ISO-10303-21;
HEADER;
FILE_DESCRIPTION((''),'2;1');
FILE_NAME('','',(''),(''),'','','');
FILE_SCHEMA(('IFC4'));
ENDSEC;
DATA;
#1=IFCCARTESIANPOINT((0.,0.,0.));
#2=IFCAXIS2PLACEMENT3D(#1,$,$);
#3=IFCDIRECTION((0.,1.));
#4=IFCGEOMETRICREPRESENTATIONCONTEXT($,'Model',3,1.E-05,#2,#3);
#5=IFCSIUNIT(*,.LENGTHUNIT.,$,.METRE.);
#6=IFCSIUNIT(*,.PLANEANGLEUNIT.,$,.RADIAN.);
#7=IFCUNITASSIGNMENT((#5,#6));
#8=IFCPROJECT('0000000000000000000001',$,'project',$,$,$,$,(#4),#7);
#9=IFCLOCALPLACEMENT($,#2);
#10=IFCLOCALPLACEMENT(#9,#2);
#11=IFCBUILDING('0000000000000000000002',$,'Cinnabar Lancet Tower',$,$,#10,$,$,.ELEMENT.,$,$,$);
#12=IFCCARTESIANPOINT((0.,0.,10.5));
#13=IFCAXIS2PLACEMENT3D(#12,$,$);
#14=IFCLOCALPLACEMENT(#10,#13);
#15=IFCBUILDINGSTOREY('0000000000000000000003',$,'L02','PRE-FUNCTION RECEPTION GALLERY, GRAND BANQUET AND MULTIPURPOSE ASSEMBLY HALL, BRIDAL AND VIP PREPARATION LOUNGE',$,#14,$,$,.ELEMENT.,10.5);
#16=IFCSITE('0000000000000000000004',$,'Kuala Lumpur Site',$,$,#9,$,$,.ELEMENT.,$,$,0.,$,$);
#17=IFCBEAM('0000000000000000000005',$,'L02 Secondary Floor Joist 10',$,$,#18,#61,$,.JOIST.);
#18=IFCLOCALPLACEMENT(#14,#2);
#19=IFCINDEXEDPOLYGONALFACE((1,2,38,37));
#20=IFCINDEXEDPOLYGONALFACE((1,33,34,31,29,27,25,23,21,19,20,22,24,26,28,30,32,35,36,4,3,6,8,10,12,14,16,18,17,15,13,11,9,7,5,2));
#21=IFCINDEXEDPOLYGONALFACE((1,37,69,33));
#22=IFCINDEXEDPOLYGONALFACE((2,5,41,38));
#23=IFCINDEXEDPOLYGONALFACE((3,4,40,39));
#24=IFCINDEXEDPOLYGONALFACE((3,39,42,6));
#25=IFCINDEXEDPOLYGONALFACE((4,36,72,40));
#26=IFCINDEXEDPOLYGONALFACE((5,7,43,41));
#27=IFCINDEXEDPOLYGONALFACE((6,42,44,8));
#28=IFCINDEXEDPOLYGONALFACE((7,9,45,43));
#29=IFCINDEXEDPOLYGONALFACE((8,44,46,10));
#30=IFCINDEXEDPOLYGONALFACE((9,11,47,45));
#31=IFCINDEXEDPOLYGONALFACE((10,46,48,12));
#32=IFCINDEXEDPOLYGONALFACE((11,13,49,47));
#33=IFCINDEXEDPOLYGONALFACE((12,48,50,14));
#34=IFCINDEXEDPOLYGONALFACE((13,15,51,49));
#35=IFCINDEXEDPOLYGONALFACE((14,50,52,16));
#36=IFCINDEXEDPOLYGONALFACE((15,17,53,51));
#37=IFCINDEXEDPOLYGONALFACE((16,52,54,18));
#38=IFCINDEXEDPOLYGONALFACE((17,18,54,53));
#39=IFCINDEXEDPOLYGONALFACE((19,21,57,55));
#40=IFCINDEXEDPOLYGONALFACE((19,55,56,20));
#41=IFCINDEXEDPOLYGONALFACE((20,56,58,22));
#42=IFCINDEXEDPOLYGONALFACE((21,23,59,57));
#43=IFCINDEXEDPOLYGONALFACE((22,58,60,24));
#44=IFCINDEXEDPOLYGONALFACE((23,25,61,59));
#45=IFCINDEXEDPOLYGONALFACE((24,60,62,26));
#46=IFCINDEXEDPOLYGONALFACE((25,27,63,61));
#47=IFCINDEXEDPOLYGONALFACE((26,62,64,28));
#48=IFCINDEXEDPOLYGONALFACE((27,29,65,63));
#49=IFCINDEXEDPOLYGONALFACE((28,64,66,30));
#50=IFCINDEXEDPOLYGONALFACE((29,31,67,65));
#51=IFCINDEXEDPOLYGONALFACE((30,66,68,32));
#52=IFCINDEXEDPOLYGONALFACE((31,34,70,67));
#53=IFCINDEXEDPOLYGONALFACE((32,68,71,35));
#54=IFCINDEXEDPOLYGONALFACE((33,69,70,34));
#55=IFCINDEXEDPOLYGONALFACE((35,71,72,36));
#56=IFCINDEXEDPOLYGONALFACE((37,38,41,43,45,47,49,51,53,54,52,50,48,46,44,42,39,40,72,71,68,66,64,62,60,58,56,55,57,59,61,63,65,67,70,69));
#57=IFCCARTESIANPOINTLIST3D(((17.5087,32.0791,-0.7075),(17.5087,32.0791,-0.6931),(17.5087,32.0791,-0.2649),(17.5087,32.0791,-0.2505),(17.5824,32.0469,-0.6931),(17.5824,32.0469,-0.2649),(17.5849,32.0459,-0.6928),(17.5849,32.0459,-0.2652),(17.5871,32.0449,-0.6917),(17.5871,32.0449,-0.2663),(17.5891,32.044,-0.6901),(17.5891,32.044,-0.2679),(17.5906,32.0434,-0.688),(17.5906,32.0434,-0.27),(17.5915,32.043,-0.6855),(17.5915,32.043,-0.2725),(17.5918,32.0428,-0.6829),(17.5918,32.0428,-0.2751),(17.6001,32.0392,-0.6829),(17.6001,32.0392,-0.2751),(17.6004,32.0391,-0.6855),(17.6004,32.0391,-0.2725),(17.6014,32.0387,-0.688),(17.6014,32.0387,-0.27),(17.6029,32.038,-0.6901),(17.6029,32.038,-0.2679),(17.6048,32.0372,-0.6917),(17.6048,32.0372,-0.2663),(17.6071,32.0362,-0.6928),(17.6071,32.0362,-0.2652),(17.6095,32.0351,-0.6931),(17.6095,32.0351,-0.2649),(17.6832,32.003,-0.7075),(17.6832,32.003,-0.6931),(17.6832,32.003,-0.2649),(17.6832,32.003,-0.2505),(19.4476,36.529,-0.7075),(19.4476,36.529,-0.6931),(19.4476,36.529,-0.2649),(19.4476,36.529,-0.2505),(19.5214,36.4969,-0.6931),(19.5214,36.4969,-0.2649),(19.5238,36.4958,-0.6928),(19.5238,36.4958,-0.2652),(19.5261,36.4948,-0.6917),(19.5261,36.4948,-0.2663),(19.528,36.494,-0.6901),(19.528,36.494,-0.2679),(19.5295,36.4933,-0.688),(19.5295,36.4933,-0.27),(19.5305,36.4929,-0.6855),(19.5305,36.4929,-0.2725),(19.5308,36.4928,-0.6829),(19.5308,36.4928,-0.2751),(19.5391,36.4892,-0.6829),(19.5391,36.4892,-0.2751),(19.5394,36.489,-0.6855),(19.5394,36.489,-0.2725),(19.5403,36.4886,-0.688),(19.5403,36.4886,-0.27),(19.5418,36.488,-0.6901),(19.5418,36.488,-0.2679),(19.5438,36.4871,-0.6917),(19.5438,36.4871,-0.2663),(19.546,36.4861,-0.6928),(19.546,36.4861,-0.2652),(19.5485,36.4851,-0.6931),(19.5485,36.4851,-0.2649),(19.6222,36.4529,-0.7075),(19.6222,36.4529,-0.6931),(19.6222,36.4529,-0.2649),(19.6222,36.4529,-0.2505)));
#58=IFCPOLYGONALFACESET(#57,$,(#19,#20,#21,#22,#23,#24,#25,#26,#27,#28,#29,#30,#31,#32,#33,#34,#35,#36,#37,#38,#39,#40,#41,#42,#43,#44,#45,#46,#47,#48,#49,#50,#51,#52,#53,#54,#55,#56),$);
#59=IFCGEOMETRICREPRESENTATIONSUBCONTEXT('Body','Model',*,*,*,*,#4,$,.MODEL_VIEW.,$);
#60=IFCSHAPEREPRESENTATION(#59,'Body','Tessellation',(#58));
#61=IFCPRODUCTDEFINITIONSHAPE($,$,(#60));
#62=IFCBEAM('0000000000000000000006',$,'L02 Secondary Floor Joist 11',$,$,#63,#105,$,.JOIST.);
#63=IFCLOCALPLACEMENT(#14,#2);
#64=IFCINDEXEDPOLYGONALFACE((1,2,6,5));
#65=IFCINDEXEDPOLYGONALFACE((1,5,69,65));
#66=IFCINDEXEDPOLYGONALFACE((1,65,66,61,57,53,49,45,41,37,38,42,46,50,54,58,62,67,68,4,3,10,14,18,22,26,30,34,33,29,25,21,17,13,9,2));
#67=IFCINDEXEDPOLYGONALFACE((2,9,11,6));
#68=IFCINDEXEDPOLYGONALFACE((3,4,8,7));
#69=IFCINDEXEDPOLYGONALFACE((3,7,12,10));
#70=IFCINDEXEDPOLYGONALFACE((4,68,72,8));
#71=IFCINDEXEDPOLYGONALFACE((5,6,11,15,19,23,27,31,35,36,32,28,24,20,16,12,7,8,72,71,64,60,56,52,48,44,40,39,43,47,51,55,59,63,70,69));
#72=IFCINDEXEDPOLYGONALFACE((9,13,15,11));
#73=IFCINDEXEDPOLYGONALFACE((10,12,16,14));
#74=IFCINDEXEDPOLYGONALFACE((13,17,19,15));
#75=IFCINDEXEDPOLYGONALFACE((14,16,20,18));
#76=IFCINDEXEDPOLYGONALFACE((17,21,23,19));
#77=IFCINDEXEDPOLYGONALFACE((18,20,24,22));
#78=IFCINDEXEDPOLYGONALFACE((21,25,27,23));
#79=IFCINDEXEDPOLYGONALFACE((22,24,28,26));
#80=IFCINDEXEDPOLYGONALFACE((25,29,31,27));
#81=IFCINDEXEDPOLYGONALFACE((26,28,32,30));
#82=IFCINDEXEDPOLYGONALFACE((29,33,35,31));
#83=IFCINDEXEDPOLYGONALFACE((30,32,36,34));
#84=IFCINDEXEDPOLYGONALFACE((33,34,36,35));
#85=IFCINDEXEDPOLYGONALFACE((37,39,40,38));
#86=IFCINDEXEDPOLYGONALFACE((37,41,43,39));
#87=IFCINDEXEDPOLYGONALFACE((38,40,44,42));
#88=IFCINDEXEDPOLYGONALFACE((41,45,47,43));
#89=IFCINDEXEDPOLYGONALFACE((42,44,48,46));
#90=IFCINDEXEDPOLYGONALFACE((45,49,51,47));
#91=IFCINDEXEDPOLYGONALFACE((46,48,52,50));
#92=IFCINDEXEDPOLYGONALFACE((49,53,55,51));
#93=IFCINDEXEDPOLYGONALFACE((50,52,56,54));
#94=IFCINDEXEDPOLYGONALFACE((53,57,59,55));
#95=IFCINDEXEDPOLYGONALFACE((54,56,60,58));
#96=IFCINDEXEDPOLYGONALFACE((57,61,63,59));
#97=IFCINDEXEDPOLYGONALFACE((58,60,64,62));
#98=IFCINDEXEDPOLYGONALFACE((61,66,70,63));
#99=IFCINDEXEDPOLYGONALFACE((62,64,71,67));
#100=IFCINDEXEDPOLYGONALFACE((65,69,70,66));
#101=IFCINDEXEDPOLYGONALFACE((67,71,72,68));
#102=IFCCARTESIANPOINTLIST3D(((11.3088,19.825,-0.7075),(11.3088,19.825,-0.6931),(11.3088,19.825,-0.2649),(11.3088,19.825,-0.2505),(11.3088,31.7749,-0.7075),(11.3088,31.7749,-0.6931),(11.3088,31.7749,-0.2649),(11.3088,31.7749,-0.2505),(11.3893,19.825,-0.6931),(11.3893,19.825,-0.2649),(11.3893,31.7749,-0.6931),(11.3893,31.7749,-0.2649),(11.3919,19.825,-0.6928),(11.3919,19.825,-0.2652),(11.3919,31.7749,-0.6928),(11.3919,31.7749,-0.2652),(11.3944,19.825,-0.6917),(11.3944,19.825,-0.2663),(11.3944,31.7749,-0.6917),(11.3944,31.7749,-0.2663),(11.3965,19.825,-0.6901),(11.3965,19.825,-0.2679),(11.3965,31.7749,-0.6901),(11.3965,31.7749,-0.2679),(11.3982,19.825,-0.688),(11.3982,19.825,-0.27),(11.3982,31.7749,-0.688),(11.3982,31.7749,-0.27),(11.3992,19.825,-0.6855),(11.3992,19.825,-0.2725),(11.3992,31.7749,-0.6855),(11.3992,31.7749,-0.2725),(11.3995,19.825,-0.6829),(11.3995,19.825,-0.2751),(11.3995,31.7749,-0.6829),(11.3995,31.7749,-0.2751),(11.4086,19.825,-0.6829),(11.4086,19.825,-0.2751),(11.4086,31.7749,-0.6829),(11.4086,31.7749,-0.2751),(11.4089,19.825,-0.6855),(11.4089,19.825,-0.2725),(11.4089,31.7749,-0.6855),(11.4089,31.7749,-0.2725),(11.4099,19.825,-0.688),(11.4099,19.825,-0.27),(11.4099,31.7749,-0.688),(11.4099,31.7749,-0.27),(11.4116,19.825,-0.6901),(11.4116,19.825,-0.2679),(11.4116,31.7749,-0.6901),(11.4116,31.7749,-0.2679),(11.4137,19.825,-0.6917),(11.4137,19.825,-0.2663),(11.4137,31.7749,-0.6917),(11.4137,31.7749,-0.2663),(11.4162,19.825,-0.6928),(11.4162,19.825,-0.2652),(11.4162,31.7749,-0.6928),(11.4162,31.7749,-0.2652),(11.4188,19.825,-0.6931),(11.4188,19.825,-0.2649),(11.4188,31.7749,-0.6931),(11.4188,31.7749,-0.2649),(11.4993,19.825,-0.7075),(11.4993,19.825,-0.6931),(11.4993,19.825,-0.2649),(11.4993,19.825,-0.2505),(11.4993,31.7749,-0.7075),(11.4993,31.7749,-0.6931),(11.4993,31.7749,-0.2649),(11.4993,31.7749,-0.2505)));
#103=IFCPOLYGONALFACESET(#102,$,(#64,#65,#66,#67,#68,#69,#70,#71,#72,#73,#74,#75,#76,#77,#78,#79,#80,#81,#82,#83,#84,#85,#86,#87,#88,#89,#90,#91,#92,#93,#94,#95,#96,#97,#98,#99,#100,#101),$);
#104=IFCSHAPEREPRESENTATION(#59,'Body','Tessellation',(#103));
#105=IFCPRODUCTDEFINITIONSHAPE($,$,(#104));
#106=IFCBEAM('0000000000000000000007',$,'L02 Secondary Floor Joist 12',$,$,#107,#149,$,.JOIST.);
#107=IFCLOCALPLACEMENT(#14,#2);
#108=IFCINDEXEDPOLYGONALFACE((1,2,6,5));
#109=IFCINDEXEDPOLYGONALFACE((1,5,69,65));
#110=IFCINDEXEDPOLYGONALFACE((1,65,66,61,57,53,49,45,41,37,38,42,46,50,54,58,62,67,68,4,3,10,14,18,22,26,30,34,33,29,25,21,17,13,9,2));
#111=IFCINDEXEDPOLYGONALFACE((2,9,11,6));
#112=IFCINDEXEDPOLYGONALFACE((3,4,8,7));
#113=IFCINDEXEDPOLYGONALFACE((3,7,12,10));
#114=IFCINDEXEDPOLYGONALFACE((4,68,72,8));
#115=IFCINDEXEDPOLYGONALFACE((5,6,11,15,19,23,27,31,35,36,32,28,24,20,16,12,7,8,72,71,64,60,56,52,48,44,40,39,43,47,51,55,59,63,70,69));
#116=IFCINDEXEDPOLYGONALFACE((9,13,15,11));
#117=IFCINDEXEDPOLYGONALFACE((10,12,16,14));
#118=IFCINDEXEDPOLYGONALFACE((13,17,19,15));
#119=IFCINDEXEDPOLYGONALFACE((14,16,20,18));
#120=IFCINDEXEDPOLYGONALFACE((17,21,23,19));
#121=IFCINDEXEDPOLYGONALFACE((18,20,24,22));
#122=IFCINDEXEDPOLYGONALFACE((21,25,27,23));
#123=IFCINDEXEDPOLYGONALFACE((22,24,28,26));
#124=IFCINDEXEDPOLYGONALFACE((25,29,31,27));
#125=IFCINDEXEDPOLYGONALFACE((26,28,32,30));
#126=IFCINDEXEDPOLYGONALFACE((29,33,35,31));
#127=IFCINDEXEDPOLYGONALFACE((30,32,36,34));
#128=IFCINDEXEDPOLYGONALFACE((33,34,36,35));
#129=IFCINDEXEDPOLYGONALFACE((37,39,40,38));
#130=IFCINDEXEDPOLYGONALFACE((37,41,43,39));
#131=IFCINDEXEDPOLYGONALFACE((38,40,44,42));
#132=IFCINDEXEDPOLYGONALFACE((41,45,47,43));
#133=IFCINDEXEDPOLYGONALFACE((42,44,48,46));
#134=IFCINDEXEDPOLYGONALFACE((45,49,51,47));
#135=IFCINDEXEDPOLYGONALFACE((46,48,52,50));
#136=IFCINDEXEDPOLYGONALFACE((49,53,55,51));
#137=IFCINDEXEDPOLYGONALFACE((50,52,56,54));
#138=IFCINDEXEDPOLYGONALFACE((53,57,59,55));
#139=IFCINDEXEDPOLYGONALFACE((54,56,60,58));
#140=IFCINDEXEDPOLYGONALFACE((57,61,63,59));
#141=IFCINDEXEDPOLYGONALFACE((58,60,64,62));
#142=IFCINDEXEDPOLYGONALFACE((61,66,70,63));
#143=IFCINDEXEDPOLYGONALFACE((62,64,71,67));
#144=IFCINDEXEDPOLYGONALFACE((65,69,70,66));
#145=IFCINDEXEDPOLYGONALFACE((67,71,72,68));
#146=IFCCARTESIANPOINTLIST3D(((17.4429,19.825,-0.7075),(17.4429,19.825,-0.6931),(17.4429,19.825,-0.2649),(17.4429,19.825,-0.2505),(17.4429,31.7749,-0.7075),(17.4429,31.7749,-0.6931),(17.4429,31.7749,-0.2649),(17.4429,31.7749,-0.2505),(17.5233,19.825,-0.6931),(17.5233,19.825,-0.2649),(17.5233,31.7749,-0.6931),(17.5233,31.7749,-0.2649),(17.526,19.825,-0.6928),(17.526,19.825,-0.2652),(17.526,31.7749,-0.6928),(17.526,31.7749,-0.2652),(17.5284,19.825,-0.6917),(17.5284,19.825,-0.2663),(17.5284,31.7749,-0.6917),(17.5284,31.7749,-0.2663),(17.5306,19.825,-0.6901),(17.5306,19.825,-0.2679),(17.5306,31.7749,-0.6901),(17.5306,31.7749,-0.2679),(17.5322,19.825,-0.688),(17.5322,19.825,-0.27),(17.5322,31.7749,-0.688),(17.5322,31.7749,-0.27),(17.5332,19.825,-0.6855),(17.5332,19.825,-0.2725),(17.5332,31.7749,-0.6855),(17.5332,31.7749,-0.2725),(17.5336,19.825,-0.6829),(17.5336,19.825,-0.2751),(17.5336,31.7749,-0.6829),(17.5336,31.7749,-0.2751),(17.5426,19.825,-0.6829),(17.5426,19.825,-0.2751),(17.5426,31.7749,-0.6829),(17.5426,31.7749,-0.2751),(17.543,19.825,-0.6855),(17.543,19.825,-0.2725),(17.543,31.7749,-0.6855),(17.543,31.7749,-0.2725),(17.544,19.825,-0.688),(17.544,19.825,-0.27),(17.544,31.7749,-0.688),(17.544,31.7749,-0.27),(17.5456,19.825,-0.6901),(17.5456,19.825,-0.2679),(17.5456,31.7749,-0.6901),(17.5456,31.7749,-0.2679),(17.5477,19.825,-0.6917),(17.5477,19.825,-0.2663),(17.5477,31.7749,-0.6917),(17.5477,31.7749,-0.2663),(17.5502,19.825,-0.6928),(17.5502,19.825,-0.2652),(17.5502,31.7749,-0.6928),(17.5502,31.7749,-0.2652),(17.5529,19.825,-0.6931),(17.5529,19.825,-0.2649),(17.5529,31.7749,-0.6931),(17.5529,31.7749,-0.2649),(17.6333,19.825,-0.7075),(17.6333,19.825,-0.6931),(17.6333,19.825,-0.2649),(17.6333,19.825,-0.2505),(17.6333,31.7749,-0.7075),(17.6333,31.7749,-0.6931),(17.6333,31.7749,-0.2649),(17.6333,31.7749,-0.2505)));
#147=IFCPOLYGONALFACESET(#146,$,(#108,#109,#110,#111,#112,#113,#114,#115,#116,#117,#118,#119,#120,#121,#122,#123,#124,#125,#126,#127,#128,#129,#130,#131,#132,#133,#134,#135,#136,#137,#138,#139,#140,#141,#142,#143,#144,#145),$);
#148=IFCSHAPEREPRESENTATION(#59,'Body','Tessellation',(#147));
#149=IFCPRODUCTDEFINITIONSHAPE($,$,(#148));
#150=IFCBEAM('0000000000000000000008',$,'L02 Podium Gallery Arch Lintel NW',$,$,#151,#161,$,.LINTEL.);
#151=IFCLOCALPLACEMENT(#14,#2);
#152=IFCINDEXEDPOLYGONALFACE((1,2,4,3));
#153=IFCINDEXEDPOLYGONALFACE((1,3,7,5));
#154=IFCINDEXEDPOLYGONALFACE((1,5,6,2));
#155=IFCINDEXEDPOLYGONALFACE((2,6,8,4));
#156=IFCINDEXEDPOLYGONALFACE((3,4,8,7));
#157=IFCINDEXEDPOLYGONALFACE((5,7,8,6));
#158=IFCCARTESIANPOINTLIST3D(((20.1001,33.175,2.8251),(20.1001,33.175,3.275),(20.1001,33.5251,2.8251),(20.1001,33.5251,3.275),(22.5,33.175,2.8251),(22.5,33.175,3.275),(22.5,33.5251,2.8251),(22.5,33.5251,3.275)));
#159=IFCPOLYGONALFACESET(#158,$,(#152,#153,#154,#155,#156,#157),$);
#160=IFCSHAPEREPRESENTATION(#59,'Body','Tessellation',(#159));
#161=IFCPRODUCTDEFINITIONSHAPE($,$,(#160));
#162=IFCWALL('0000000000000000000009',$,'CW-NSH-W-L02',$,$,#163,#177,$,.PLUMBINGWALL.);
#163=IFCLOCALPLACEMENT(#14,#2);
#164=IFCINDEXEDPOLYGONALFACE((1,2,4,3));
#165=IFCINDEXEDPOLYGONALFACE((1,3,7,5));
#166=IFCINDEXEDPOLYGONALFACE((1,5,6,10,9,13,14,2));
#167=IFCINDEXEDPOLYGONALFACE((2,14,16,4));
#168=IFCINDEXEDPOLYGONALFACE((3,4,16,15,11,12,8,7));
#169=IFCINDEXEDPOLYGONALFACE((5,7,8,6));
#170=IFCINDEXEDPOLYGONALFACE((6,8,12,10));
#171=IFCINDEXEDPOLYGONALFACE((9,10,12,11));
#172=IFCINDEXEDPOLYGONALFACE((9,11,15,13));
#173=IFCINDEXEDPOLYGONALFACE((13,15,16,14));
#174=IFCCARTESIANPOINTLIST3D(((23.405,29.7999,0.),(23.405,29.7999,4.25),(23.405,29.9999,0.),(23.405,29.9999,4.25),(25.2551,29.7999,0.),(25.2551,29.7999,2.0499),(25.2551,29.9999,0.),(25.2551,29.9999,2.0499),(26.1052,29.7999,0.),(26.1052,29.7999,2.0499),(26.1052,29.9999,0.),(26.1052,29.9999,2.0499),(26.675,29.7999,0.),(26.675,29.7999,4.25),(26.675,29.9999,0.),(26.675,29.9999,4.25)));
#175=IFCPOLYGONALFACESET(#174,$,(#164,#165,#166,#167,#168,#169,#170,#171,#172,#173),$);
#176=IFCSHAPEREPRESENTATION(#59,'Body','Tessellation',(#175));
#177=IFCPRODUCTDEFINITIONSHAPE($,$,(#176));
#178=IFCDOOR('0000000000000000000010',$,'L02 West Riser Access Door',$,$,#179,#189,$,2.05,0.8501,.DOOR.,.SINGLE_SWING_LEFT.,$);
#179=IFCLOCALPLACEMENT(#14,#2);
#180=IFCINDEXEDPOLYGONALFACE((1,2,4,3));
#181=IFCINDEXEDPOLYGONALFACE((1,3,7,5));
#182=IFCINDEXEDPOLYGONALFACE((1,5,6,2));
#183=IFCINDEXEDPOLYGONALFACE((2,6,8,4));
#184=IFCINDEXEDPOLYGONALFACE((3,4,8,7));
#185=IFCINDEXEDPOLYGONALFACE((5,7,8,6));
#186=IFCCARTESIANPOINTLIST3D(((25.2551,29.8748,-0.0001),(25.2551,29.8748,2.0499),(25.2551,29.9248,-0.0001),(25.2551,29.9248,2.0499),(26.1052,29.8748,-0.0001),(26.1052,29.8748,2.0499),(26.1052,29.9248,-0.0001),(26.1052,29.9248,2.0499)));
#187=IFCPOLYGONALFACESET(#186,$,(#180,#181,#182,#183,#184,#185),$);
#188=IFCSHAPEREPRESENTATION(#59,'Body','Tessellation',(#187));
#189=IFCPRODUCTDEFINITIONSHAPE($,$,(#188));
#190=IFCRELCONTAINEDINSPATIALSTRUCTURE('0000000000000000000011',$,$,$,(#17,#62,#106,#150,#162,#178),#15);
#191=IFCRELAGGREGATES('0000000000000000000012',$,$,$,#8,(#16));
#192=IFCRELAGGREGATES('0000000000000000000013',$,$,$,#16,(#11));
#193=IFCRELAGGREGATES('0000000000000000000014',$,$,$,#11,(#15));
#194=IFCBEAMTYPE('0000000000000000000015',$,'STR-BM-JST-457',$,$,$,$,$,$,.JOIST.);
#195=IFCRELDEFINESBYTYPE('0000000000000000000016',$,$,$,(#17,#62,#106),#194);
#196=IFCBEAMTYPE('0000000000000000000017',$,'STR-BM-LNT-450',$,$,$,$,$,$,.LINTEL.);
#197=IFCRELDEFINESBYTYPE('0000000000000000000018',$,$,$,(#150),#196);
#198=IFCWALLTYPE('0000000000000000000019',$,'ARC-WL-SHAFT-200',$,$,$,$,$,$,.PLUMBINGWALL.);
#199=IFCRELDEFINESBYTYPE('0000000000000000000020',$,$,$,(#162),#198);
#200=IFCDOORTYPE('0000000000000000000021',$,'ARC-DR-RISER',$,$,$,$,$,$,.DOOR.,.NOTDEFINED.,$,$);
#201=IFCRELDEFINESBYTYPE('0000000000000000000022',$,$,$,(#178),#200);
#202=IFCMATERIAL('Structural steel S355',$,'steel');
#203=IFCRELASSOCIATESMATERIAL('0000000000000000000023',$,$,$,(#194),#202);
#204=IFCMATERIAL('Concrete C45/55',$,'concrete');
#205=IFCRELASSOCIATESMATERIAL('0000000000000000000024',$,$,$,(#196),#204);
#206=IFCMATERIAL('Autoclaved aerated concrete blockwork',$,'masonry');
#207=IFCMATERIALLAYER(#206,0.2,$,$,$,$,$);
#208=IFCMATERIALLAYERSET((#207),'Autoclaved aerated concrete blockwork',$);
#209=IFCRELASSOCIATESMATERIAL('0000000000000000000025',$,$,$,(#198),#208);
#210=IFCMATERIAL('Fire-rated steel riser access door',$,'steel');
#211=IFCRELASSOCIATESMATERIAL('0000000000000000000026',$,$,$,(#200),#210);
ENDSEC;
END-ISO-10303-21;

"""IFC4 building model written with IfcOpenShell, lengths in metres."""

from ifc_helpers import new_model, si_unit, direction, frame, frame_2d, origin, origin_2d, place, context, subcontext, project, spatial, rectangle, i_section, extrude, material, layer, layer_set, material_profile, profile_set, type_object, element, fill, save


model = new_model("IFC4")

# Units and contexts
model_context = context("Model", 3, precision=1e-05, world=origin(), true_north=direction((0.0, 1.0)))
body_context = subcontext(model_context, "Body", "Model", "MODEL_VIEW")
ifc_project = project(units=[si_unit("LENGTHUNIT", "METRE"), si_unit("PLANEANGLEUNIT", "RADIAN")], contexts=[model_context])

# Site, building, storey
site_placement = place(None, origin())
site = spatial("IfcSite", under=ifc_project, at=site_placement, Name="Kuala Lumpur Site", CompositionType="ELEMENT", RefElevation=0.0)
building_placement = place(site_placement, origin())
building = spatial("IfcBuilding", under=site, at=building_placement, Name="Cinnabar Lancet Tower", CompositionType="ELEMENT")
storey_placement = place(building_placement, frame((0.0, 0.0, 10.5)))
storey = spatial("IfcBuildingStorey", under=building, at=storey_placement, Name="L02", Description="PRE-FUNCTION RECEPTION GALLERY, GRAND BANQUET AND MULTIPURPOSE ASSEMBLY HALL, BRIDAL AND VIP PREPARATION LOUNGE", CompositionType="ELEMENT", Elevation=10.5)

# Beams
ifc_material_1 = material(Name="Structural steel S355", Category="steel")
ifc_material_profile_1 = material_profile(ifc_material_1, i_section(OverallWidth=0.1904, OverallDepth=0.457, WebThickness=0.009, FlangeThickness=0.0144, FilletRadius=0.0103, at=origin_2d()), Name="UKB 457x191x74")
ifc_profile_set_1 = profile_set([ifc_material_profile_1], Name="Structural steel S355")
beam_type_1 = type_object("IfcBeamType", Name="STR-BM-JST-457", PredefinedType="JOIST", material=ifc_profile_set_1)
beam_1_placement = place(storey_placement, frame((19.5349, 36.491, -0.479), z_axis=(-0.399454, -0.916753, 0.0), x_axis=(0.916753, -0.399454, 0.0)))
element("IfcBeam", 1, at=beam_1_placement, inside=storey, type_object=beam_type_1, Name="L02 Secondary Floor Joist 10", PredefinedType="JOIST", context=body_context, shape_type="SweptSolid", body=[
    extrude(i_section(OverallWidth=0.1904, OverallDepth=0.457, WebThickness=0.009, FlangeThickness=0.0144, FilletRadius=0.0103, at=origin_2d()), origin(), (0.0, 0.0, 1.0), 4.854),
])
for number, where, z_axis, x_axis, name in (
    (2, (11.4041, 31.7749, -0.479), (0.0, -1.0, 0.0), (1.0, 0.0, 0.0), "L02 Secondary Floor Joist 11"),
    (3, (17.5381, 31.7749, -0.479), (0.0, -1.0, 0.0), (1.0, 0.0, 0.0), "L02 Secondary Floor Joist 12"),
):
    element("IfcBeam", number, at=place(storey_placement, frame(where, z_axis=z_axis, x_axis=x_axis)), inside=storey, type_object=beam_type_1, Name=name, PredefinedType="JOIST", context=body_context, shape_type="SweptSolid", body=[
        extrude(i_section(OverallWidth=0.1904, OverallDepth=0.457, WebThickness=0.009, FlangeThickness=0.0144, FilletRadius=0.0103, at=origin_2d()), origin(), (0.0, 0.0, 1.0), 11.95),
    ])
ifc_material_2 = material(Name="Concrete C45/55", Category="concrete")
ifc_material_profile_2 = material_profile(ifc_material_2, rectangle(XDim=0.3501, YDim=0.45, at=origin_2d()), Name="RC-LNT 350x450")
ifc_profile_set_2 = profile_set([ifc_material_profile_2], Name="Concrete C45/55")
beam_type_2 = type_object("IfcBeamType", Name="STR-BM-LNT-450", PredefinedType="LINTEL", material=ifc_profile_set_2)
beam_2_placement = place(storey_placement, frame((20.1001, 33.3501, 3.05), z_axis=(1.0, 0.0, 0.0), x_axis=(0.0, 1.0, 0.0)))
element("IfcBeam", 4, at=beam_2_placement, inside=storey, type_object=beam_type_2, Name="L02 Podium Gallery Arch Lintel NW", PredefinedType="LINTEL", context=body_context, shape_type="SweptSolid", body=[
    extrude(rectangle(XDim=0.3501, YDim=0.45, at=origin_2d()), origin(), (0.0, 0.0, 1.0), 2.3999),
])

# Wall, opening, door
ifc_material_3 = material(Name="Autoclaved aerated concrete blockwork", Category="masonry")
ifc_layer_1 = layer(ifc_material_3, 0.2)
ifc_layer_set_1 = layer_set([ifc_layer_1], Name="Autoclaved aerated concrete blockwork")
wall_type_1 = type_object("IfcWallType", Name="ARC-WL-SHAFT-200", PredefinedType="PLUMBINGWALL", material=ifc_layer_set_1)
wall_1_placement = place(storey_placement, frame((23.405, 29.8999, 0.0), z_axis=(0.0, 0.0, 1.0), x_axis=(1.0, 0.0, 0.0)))
wall_1 = element("IfcWall", 5, at=wall_1_placement, inside=storey, type_object=wall_type_1, Name="CW-NSH-W-L02", PredefinedType="PLUMBINGWALL", context=body_context, shape_type="SweptSolid", body=[
    extrude(rectangle(XDim=3.27, YDim=0.2, at=frame_2d((1.635, 0.0))), origin(), (0.0, 0.0, 1.0), 4.25),
])
opening_1_placement = place(wall_1_placement, frame((1.8501, 0.0, 0.0)))
opening_1 = element("IfcOpeningElement", 6, at=opening_1_placement, cuts=wall_1, PredefinedType="OPENING", context=body_context, shape_type="SweptSolid", body=[
    extrude(rectangle(XDim=0.8501, YDim=2.05, at=frame_2d((0.425, 1.0249))), frame((0.0, 0.1099, 0.0), z_axis=(0.0, -1.0, 0.0), x_axis=(1.0, 0.0, 0.0)), (0.0, 0.0, 1.0), 0.22),
])
ifc_material_4 = material(Name="Fire-rated steel riser access door", Category="steel")
door_type_1 = type_object("IfcDoorType", Name="ARC-DR-RISER", OperationType="NOTDEFINED", PredefinedType="DOOR", material=ifc_material_4)
door_1_placement = place(opening_1_placement, origin())
door_1 = element("IfcDoor", 7, at=door_1_placement, inside=storey, type_object=door_type_1, Name="L02 West Riser Access Door", OperationType="SINGLE_SWING_LEFT", OverallHeight=2.05, OverallWidth=0.8501, PredefinedType="DOOR", context=body_context, shape_type="SweptSolid", body=[
    extrude(rectangle(XDim=0.8501, YDim=2.05, at=frame_2d((0.425, 1.0249))), frame((0.0, 0.0249, 0.0), z_axis=(0.0, -1.0, 0.0), x_axis=(1.0, 0.0, 0.0)), (0.0, 0.0, 1.0), 0.05),
])
fill(opening_1, door_1)

save(model, "model.ifc")
